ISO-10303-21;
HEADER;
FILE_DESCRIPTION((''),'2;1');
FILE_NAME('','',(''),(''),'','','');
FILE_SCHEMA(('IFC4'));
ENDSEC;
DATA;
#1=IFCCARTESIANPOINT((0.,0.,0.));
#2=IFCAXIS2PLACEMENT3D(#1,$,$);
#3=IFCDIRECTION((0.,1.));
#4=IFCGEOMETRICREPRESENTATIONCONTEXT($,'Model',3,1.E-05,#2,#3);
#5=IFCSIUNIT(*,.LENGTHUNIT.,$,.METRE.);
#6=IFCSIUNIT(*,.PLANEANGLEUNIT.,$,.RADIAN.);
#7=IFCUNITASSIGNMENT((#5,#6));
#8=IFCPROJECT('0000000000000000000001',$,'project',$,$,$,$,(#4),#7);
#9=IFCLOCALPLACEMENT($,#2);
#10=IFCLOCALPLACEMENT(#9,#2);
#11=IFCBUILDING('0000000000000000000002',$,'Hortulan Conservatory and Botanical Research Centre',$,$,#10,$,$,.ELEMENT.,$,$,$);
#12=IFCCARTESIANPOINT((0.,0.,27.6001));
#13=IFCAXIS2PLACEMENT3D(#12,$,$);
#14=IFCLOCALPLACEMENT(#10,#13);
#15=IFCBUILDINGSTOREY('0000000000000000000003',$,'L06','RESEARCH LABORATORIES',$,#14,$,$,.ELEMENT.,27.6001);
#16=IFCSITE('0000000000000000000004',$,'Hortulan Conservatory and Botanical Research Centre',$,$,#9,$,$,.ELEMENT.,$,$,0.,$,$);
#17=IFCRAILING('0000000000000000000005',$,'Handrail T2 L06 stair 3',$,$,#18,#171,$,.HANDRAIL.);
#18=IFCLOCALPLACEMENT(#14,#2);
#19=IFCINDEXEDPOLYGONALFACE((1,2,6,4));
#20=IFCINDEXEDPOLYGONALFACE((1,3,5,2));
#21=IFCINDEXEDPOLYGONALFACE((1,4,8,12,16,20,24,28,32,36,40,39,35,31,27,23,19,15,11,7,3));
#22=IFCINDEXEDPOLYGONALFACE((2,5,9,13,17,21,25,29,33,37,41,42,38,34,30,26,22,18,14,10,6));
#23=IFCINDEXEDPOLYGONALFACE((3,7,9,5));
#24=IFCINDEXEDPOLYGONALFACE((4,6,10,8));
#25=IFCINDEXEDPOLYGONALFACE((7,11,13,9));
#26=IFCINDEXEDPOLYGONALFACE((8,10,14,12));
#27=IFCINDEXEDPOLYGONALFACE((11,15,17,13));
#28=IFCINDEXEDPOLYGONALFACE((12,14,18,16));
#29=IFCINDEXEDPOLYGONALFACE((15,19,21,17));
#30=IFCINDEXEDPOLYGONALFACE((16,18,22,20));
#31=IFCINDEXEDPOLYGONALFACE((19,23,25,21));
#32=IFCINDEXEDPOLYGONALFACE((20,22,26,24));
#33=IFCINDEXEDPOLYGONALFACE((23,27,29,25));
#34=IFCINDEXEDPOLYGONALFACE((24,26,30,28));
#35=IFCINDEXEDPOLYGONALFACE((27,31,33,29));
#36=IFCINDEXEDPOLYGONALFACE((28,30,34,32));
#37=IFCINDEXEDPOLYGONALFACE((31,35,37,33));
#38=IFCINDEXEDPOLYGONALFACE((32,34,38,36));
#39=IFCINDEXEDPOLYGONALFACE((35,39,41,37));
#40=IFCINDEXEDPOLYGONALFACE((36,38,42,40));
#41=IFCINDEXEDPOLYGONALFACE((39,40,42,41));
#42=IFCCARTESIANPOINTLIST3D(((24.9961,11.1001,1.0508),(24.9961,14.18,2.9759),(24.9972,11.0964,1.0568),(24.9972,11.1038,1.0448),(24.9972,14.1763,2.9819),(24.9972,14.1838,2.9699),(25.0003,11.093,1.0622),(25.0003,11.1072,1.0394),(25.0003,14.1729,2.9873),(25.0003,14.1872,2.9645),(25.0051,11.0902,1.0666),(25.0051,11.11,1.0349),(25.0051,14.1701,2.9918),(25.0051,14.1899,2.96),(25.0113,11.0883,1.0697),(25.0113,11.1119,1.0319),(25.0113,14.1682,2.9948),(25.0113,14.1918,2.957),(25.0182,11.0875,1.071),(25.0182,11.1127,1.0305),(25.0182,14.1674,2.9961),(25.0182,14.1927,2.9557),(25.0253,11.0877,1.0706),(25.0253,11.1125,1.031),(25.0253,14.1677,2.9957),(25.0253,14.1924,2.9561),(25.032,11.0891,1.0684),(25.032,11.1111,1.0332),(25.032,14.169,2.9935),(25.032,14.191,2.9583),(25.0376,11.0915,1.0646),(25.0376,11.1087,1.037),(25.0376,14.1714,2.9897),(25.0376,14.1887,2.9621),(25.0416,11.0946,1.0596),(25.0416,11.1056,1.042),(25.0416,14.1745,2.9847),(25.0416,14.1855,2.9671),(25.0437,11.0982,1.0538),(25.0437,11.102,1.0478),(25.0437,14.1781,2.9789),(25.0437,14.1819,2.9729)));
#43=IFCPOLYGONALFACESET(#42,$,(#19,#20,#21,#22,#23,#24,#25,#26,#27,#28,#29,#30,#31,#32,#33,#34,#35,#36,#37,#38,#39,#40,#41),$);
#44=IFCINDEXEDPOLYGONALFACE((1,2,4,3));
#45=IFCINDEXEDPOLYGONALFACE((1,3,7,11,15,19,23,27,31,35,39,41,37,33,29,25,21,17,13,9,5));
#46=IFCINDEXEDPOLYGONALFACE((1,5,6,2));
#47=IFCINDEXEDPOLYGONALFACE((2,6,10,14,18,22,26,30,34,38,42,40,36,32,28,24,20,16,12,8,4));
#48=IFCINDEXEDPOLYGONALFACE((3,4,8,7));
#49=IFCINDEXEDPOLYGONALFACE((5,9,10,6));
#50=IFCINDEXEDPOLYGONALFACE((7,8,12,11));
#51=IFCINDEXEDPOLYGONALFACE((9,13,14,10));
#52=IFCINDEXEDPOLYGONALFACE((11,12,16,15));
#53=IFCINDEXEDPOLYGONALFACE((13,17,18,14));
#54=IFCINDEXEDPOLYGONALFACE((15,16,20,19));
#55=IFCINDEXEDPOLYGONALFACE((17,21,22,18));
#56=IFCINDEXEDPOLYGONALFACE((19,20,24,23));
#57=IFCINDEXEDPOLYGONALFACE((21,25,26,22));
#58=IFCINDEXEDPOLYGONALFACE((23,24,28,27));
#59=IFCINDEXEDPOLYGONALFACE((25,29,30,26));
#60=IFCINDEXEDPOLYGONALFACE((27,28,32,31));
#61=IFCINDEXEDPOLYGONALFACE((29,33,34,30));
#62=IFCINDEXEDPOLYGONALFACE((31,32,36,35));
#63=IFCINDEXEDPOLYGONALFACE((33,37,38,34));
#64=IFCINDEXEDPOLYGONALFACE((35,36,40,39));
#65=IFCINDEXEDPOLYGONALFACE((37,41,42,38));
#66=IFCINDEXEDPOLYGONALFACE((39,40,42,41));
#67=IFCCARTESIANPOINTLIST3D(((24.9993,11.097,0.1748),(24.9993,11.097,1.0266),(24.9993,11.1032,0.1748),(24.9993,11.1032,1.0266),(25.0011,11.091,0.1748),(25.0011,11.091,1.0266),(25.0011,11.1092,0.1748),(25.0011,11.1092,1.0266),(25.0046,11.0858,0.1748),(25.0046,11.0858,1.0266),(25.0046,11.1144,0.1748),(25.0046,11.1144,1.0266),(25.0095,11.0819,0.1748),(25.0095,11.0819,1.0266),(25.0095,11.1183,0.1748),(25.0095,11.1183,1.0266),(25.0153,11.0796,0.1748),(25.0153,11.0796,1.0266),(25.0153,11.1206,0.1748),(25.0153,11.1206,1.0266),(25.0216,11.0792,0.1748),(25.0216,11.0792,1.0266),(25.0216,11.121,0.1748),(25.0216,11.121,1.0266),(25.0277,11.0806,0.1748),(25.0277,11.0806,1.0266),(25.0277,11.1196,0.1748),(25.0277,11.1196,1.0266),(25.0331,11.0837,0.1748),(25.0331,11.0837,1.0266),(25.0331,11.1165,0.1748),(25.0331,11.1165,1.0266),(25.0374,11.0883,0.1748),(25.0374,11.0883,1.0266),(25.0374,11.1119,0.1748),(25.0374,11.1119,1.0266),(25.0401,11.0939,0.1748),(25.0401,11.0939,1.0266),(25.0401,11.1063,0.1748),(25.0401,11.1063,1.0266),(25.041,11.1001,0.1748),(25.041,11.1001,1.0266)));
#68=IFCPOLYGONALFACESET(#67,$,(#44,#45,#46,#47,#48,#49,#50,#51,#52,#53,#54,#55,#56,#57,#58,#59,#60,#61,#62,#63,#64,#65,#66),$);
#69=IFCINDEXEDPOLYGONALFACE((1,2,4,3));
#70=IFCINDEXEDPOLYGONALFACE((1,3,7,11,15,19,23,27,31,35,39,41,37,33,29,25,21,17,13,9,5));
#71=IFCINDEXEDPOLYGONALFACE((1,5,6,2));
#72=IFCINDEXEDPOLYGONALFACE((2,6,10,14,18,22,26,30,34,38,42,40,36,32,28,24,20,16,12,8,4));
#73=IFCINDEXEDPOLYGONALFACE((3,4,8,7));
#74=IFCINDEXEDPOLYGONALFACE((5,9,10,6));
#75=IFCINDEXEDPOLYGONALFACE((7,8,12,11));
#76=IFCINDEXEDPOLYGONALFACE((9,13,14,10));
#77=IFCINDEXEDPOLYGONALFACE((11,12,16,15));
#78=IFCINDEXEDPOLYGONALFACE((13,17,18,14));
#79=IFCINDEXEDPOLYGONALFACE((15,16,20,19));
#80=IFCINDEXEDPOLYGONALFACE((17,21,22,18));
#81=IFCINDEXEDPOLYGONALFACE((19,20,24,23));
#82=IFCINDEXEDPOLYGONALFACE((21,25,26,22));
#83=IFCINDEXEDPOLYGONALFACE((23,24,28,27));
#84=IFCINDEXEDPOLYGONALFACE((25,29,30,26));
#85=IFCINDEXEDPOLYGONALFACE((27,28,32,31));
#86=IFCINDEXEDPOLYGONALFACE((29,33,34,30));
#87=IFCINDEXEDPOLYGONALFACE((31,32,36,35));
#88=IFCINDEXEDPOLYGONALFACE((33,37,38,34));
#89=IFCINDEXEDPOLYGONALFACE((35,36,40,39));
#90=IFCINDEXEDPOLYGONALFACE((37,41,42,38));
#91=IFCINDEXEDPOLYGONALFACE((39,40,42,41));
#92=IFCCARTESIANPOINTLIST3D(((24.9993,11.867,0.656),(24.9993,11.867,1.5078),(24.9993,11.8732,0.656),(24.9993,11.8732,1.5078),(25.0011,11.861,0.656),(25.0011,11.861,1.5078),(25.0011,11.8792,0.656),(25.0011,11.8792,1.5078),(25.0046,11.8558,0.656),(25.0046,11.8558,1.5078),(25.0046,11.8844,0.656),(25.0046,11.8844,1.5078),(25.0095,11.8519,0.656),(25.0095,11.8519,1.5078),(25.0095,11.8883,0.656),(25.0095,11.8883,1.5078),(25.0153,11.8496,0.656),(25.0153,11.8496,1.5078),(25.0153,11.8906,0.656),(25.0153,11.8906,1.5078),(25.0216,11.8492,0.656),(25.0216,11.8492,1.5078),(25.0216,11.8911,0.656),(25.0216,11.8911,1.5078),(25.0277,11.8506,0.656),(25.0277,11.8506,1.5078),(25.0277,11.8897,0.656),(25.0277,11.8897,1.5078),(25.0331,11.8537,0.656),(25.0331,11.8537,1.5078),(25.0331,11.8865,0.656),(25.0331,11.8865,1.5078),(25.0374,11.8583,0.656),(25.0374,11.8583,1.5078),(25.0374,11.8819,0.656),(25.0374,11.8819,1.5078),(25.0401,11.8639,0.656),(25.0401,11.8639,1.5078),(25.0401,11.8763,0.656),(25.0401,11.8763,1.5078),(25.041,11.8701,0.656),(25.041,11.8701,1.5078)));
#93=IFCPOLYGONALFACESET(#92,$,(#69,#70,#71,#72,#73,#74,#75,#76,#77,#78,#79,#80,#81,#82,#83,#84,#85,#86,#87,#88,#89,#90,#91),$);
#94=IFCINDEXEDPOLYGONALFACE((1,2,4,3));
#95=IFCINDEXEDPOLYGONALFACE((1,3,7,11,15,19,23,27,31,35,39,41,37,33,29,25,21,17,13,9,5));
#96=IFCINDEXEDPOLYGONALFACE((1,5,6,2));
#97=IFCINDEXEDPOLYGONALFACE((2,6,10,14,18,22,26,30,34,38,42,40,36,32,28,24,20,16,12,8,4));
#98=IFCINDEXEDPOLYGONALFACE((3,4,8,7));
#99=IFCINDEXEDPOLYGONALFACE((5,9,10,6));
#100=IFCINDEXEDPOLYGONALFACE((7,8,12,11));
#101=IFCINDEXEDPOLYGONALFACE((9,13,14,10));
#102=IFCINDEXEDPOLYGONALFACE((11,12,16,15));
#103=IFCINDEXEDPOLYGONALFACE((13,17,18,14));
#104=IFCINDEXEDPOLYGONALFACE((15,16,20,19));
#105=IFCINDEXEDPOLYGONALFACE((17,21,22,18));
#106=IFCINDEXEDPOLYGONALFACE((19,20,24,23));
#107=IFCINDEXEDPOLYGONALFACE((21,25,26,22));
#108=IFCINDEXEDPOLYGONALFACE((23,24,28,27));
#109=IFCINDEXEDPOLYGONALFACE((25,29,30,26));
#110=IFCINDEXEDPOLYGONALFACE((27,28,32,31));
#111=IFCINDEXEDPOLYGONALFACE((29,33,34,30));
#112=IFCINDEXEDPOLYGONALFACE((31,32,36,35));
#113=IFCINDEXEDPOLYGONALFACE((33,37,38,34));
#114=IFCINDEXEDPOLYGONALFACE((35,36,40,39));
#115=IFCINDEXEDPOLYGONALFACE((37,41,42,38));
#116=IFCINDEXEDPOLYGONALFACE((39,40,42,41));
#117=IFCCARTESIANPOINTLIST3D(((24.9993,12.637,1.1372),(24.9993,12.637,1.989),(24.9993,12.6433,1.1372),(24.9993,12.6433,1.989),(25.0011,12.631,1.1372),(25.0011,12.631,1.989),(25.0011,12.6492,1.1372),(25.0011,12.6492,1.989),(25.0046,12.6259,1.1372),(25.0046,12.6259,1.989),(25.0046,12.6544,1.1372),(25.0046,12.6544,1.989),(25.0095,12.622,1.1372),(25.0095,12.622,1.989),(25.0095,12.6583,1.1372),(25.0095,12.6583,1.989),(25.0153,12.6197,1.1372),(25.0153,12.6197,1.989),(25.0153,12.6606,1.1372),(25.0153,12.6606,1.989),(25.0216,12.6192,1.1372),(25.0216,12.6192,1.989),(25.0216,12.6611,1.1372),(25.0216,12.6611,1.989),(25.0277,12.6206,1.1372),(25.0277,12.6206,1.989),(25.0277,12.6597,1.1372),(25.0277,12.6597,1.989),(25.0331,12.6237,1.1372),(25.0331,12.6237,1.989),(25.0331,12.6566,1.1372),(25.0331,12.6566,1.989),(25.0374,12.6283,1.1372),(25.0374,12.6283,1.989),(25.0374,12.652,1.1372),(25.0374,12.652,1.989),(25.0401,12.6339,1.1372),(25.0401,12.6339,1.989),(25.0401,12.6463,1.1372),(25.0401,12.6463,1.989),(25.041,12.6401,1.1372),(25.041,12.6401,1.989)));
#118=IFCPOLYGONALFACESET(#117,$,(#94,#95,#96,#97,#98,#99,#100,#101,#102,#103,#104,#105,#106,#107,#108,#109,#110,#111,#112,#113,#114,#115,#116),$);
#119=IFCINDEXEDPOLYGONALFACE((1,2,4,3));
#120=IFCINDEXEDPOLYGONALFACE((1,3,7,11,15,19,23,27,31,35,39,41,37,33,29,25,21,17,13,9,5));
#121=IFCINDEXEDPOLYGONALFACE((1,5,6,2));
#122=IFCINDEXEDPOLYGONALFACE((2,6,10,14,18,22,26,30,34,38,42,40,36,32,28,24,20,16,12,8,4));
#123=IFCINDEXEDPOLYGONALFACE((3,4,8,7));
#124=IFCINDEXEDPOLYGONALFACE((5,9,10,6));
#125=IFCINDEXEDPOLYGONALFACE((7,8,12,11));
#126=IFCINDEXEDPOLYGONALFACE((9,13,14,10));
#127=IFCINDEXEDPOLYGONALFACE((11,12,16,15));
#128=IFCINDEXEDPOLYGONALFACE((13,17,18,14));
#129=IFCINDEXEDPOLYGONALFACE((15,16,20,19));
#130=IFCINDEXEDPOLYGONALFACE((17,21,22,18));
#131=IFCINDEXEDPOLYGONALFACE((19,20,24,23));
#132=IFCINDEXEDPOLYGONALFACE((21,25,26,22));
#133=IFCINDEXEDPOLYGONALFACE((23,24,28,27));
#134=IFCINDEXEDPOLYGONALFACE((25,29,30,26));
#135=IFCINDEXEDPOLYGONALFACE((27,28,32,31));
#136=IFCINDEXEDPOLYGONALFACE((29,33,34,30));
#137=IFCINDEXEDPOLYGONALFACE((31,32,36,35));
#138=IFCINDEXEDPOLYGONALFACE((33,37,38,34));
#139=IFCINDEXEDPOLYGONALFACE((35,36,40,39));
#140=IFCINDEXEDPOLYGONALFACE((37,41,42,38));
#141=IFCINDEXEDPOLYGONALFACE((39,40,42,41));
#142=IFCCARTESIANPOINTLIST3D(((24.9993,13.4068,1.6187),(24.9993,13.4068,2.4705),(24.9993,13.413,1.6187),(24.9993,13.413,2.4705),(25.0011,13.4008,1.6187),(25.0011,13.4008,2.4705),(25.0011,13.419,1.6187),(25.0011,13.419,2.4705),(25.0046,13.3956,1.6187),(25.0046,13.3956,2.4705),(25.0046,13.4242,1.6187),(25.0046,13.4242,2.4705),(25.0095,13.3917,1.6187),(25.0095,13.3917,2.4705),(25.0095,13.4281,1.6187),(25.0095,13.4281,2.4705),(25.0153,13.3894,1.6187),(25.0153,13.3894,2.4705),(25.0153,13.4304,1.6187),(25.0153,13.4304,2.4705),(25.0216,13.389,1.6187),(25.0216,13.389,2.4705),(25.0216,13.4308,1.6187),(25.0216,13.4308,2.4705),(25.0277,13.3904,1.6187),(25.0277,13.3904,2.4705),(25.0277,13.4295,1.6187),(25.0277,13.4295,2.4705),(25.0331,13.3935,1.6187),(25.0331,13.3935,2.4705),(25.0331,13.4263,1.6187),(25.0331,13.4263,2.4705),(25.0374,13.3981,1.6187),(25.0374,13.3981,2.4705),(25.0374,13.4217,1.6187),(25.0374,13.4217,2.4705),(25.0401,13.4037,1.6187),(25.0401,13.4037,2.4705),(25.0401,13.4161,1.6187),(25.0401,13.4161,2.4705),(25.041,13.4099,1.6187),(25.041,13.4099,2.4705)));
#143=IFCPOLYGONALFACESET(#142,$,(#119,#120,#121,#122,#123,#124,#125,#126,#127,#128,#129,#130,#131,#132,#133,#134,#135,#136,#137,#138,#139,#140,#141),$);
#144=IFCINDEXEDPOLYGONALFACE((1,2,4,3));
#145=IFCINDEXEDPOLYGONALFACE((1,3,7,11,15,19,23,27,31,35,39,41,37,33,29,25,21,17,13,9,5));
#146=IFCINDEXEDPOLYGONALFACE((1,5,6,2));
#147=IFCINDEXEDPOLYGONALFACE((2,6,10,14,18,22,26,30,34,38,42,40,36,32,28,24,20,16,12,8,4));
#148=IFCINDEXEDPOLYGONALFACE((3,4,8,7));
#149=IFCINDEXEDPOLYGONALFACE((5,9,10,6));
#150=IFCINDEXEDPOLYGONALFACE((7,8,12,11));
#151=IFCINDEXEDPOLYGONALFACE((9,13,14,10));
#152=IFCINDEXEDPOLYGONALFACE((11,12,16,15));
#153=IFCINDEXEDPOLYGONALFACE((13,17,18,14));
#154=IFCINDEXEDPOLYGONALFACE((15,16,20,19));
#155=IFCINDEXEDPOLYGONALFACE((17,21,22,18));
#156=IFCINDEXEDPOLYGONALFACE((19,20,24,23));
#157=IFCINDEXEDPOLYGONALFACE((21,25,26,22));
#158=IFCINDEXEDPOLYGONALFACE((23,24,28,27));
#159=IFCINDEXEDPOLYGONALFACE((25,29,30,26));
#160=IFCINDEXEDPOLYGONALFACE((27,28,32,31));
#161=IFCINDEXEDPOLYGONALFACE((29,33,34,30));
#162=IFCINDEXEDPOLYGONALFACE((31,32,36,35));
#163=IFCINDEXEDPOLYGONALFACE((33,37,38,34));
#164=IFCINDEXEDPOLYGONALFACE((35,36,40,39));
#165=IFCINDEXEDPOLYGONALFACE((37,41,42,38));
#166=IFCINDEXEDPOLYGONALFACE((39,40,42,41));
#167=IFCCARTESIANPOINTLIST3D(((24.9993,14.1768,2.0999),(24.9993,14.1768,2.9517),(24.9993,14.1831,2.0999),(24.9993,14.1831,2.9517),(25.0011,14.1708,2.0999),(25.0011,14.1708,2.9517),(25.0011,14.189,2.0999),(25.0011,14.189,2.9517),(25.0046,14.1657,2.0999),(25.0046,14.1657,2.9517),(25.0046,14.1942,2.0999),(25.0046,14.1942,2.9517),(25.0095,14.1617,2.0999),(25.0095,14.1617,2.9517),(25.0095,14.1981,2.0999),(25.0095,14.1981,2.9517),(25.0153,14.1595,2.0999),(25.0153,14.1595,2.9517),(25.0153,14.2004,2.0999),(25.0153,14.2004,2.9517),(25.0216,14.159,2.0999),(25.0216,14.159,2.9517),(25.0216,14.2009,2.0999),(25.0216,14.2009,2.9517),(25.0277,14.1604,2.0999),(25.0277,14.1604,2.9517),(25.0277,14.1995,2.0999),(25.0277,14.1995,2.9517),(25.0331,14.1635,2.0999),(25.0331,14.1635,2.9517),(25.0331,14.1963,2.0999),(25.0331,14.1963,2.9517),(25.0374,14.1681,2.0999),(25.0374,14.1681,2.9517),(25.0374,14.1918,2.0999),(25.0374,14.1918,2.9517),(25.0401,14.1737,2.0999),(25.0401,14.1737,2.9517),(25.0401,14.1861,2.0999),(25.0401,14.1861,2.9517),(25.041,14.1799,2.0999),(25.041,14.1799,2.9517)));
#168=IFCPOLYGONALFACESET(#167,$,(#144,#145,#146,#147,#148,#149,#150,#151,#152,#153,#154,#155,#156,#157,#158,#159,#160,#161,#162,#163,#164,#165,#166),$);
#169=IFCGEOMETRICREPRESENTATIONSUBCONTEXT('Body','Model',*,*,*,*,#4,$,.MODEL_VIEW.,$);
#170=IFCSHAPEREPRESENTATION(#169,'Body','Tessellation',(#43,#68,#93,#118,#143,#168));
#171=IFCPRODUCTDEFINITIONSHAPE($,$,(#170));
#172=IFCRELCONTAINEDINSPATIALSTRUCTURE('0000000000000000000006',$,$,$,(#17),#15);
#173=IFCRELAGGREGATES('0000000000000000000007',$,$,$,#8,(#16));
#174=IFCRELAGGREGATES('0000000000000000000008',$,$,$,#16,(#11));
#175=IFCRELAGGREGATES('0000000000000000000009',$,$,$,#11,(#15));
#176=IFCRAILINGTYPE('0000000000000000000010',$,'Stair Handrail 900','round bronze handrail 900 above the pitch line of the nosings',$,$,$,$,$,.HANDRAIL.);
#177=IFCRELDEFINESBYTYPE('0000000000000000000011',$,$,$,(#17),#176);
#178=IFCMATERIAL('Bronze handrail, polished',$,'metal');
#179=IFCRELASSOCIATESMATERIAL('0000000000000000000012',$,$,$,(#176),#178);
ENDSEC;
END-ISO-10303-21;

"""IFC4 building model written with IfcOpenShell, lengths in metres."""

from ifc_helpers import new_model, si_unit, direction, frame, origin, origin_2d, place, context, subcontext, project, spatial, circle, extrude, material, type_object, element, save


model = new_model("IFC4")

# Units and contexts
model_context = context("Model", 3, precision=1e-05, world=origin(), true_north=direction((0.0, 1.0)))
body_context = subcontext(model_context, "Body", "Model", "MODEL_VIEW")
ifc_project = project(units=[si_unit("LENGTHUNIT", "METRE"), si_unit("PLANEANGLEUNIT", "RADIAN")], contexts=[model_context])

# Site, building, storey
site_placement = place(None, origin())
site = spatial("IfcSite", under=ifc_project, at=site_placement, Name="Hortulan Conservatory and Botanical Research Centre", CompositionType="ELEMENT", RefElevation=0.0)
building_placement = place(site_placement, origin())
building = spatial("IfcBuilding", under=site, at=building_placement, Name="Hortulan Conservatory and Botanical Research Centre", CompositionType="ELEMENT")
storey_placement = place(building_placement, frame((0.0, 0.0, 27.6001)))
storey = spatial("IfcBuildingStorey", under=building, at=storey_placement, Name="L06", Description="RESEARCH LABORATORIES", CompositionType="ELEMENT", Elevation=27.6001)

# Railing
ifc_material_1 = material(Name="Bronze handrail, polished", Category="metal")
railing_type_1 = type_object("IfcRailingType", Name="Stair Handrail 900", Description="round bronze handrail 900 above the pitch line of the nosings", PredefinedType="HANDRAIL", material=ifc_material_1)
railing_1_placement = place(storey_placement, frame((25.02, 11.1001, 0.1748)))
element("IfcRailing", 1, at=railing_1_placement, inside=storey, type_object=railing_type_1, Name="Handrail T2 L06 stair 3", PredefinedType="HANDRAIL", context=body_context, shape_type="SweptSolid", body=[
    extrude(circle(Radius=0.0239, at=origin_2d()), frame((0.0, 0.0, 0.876), z_axis=(0.0, 0.847979, 0.530029), x_axis=(-1.0, 0.0, 0.0)), (0.0, 0.0, 1.0), 3.6321),
    extrude(circle(Radius=0.021, at=origin_2d()), origin(), (0.0, 0.0, 1.0), 0.8518),
    extrude(circle(Radius=0.021, at=origin_2d()), frame((0.0, 0.77, 0.4812)), (0.0, 0.0, 1.0), 0.8518),
    extrude(circle(Radius=0.021, at=origin_2d()), frame((0.0, 1.54, 0.9624)), (0.0, 0.0, 1.0), 0.8518),
    extrude(circle(Radius=0.021, at=origin_2d()), frame((0.0, 2.3098, 1.4438)), (0.0, 0.0, 1.0), 0.8518),
    extrude(circle(Radius=0.021, at=origin_2d()), frame((0.0, 3.0798, 1.925)), (0.0, 0.0, 1.0), 0.8518),
])

save(model, "model.ifc")
